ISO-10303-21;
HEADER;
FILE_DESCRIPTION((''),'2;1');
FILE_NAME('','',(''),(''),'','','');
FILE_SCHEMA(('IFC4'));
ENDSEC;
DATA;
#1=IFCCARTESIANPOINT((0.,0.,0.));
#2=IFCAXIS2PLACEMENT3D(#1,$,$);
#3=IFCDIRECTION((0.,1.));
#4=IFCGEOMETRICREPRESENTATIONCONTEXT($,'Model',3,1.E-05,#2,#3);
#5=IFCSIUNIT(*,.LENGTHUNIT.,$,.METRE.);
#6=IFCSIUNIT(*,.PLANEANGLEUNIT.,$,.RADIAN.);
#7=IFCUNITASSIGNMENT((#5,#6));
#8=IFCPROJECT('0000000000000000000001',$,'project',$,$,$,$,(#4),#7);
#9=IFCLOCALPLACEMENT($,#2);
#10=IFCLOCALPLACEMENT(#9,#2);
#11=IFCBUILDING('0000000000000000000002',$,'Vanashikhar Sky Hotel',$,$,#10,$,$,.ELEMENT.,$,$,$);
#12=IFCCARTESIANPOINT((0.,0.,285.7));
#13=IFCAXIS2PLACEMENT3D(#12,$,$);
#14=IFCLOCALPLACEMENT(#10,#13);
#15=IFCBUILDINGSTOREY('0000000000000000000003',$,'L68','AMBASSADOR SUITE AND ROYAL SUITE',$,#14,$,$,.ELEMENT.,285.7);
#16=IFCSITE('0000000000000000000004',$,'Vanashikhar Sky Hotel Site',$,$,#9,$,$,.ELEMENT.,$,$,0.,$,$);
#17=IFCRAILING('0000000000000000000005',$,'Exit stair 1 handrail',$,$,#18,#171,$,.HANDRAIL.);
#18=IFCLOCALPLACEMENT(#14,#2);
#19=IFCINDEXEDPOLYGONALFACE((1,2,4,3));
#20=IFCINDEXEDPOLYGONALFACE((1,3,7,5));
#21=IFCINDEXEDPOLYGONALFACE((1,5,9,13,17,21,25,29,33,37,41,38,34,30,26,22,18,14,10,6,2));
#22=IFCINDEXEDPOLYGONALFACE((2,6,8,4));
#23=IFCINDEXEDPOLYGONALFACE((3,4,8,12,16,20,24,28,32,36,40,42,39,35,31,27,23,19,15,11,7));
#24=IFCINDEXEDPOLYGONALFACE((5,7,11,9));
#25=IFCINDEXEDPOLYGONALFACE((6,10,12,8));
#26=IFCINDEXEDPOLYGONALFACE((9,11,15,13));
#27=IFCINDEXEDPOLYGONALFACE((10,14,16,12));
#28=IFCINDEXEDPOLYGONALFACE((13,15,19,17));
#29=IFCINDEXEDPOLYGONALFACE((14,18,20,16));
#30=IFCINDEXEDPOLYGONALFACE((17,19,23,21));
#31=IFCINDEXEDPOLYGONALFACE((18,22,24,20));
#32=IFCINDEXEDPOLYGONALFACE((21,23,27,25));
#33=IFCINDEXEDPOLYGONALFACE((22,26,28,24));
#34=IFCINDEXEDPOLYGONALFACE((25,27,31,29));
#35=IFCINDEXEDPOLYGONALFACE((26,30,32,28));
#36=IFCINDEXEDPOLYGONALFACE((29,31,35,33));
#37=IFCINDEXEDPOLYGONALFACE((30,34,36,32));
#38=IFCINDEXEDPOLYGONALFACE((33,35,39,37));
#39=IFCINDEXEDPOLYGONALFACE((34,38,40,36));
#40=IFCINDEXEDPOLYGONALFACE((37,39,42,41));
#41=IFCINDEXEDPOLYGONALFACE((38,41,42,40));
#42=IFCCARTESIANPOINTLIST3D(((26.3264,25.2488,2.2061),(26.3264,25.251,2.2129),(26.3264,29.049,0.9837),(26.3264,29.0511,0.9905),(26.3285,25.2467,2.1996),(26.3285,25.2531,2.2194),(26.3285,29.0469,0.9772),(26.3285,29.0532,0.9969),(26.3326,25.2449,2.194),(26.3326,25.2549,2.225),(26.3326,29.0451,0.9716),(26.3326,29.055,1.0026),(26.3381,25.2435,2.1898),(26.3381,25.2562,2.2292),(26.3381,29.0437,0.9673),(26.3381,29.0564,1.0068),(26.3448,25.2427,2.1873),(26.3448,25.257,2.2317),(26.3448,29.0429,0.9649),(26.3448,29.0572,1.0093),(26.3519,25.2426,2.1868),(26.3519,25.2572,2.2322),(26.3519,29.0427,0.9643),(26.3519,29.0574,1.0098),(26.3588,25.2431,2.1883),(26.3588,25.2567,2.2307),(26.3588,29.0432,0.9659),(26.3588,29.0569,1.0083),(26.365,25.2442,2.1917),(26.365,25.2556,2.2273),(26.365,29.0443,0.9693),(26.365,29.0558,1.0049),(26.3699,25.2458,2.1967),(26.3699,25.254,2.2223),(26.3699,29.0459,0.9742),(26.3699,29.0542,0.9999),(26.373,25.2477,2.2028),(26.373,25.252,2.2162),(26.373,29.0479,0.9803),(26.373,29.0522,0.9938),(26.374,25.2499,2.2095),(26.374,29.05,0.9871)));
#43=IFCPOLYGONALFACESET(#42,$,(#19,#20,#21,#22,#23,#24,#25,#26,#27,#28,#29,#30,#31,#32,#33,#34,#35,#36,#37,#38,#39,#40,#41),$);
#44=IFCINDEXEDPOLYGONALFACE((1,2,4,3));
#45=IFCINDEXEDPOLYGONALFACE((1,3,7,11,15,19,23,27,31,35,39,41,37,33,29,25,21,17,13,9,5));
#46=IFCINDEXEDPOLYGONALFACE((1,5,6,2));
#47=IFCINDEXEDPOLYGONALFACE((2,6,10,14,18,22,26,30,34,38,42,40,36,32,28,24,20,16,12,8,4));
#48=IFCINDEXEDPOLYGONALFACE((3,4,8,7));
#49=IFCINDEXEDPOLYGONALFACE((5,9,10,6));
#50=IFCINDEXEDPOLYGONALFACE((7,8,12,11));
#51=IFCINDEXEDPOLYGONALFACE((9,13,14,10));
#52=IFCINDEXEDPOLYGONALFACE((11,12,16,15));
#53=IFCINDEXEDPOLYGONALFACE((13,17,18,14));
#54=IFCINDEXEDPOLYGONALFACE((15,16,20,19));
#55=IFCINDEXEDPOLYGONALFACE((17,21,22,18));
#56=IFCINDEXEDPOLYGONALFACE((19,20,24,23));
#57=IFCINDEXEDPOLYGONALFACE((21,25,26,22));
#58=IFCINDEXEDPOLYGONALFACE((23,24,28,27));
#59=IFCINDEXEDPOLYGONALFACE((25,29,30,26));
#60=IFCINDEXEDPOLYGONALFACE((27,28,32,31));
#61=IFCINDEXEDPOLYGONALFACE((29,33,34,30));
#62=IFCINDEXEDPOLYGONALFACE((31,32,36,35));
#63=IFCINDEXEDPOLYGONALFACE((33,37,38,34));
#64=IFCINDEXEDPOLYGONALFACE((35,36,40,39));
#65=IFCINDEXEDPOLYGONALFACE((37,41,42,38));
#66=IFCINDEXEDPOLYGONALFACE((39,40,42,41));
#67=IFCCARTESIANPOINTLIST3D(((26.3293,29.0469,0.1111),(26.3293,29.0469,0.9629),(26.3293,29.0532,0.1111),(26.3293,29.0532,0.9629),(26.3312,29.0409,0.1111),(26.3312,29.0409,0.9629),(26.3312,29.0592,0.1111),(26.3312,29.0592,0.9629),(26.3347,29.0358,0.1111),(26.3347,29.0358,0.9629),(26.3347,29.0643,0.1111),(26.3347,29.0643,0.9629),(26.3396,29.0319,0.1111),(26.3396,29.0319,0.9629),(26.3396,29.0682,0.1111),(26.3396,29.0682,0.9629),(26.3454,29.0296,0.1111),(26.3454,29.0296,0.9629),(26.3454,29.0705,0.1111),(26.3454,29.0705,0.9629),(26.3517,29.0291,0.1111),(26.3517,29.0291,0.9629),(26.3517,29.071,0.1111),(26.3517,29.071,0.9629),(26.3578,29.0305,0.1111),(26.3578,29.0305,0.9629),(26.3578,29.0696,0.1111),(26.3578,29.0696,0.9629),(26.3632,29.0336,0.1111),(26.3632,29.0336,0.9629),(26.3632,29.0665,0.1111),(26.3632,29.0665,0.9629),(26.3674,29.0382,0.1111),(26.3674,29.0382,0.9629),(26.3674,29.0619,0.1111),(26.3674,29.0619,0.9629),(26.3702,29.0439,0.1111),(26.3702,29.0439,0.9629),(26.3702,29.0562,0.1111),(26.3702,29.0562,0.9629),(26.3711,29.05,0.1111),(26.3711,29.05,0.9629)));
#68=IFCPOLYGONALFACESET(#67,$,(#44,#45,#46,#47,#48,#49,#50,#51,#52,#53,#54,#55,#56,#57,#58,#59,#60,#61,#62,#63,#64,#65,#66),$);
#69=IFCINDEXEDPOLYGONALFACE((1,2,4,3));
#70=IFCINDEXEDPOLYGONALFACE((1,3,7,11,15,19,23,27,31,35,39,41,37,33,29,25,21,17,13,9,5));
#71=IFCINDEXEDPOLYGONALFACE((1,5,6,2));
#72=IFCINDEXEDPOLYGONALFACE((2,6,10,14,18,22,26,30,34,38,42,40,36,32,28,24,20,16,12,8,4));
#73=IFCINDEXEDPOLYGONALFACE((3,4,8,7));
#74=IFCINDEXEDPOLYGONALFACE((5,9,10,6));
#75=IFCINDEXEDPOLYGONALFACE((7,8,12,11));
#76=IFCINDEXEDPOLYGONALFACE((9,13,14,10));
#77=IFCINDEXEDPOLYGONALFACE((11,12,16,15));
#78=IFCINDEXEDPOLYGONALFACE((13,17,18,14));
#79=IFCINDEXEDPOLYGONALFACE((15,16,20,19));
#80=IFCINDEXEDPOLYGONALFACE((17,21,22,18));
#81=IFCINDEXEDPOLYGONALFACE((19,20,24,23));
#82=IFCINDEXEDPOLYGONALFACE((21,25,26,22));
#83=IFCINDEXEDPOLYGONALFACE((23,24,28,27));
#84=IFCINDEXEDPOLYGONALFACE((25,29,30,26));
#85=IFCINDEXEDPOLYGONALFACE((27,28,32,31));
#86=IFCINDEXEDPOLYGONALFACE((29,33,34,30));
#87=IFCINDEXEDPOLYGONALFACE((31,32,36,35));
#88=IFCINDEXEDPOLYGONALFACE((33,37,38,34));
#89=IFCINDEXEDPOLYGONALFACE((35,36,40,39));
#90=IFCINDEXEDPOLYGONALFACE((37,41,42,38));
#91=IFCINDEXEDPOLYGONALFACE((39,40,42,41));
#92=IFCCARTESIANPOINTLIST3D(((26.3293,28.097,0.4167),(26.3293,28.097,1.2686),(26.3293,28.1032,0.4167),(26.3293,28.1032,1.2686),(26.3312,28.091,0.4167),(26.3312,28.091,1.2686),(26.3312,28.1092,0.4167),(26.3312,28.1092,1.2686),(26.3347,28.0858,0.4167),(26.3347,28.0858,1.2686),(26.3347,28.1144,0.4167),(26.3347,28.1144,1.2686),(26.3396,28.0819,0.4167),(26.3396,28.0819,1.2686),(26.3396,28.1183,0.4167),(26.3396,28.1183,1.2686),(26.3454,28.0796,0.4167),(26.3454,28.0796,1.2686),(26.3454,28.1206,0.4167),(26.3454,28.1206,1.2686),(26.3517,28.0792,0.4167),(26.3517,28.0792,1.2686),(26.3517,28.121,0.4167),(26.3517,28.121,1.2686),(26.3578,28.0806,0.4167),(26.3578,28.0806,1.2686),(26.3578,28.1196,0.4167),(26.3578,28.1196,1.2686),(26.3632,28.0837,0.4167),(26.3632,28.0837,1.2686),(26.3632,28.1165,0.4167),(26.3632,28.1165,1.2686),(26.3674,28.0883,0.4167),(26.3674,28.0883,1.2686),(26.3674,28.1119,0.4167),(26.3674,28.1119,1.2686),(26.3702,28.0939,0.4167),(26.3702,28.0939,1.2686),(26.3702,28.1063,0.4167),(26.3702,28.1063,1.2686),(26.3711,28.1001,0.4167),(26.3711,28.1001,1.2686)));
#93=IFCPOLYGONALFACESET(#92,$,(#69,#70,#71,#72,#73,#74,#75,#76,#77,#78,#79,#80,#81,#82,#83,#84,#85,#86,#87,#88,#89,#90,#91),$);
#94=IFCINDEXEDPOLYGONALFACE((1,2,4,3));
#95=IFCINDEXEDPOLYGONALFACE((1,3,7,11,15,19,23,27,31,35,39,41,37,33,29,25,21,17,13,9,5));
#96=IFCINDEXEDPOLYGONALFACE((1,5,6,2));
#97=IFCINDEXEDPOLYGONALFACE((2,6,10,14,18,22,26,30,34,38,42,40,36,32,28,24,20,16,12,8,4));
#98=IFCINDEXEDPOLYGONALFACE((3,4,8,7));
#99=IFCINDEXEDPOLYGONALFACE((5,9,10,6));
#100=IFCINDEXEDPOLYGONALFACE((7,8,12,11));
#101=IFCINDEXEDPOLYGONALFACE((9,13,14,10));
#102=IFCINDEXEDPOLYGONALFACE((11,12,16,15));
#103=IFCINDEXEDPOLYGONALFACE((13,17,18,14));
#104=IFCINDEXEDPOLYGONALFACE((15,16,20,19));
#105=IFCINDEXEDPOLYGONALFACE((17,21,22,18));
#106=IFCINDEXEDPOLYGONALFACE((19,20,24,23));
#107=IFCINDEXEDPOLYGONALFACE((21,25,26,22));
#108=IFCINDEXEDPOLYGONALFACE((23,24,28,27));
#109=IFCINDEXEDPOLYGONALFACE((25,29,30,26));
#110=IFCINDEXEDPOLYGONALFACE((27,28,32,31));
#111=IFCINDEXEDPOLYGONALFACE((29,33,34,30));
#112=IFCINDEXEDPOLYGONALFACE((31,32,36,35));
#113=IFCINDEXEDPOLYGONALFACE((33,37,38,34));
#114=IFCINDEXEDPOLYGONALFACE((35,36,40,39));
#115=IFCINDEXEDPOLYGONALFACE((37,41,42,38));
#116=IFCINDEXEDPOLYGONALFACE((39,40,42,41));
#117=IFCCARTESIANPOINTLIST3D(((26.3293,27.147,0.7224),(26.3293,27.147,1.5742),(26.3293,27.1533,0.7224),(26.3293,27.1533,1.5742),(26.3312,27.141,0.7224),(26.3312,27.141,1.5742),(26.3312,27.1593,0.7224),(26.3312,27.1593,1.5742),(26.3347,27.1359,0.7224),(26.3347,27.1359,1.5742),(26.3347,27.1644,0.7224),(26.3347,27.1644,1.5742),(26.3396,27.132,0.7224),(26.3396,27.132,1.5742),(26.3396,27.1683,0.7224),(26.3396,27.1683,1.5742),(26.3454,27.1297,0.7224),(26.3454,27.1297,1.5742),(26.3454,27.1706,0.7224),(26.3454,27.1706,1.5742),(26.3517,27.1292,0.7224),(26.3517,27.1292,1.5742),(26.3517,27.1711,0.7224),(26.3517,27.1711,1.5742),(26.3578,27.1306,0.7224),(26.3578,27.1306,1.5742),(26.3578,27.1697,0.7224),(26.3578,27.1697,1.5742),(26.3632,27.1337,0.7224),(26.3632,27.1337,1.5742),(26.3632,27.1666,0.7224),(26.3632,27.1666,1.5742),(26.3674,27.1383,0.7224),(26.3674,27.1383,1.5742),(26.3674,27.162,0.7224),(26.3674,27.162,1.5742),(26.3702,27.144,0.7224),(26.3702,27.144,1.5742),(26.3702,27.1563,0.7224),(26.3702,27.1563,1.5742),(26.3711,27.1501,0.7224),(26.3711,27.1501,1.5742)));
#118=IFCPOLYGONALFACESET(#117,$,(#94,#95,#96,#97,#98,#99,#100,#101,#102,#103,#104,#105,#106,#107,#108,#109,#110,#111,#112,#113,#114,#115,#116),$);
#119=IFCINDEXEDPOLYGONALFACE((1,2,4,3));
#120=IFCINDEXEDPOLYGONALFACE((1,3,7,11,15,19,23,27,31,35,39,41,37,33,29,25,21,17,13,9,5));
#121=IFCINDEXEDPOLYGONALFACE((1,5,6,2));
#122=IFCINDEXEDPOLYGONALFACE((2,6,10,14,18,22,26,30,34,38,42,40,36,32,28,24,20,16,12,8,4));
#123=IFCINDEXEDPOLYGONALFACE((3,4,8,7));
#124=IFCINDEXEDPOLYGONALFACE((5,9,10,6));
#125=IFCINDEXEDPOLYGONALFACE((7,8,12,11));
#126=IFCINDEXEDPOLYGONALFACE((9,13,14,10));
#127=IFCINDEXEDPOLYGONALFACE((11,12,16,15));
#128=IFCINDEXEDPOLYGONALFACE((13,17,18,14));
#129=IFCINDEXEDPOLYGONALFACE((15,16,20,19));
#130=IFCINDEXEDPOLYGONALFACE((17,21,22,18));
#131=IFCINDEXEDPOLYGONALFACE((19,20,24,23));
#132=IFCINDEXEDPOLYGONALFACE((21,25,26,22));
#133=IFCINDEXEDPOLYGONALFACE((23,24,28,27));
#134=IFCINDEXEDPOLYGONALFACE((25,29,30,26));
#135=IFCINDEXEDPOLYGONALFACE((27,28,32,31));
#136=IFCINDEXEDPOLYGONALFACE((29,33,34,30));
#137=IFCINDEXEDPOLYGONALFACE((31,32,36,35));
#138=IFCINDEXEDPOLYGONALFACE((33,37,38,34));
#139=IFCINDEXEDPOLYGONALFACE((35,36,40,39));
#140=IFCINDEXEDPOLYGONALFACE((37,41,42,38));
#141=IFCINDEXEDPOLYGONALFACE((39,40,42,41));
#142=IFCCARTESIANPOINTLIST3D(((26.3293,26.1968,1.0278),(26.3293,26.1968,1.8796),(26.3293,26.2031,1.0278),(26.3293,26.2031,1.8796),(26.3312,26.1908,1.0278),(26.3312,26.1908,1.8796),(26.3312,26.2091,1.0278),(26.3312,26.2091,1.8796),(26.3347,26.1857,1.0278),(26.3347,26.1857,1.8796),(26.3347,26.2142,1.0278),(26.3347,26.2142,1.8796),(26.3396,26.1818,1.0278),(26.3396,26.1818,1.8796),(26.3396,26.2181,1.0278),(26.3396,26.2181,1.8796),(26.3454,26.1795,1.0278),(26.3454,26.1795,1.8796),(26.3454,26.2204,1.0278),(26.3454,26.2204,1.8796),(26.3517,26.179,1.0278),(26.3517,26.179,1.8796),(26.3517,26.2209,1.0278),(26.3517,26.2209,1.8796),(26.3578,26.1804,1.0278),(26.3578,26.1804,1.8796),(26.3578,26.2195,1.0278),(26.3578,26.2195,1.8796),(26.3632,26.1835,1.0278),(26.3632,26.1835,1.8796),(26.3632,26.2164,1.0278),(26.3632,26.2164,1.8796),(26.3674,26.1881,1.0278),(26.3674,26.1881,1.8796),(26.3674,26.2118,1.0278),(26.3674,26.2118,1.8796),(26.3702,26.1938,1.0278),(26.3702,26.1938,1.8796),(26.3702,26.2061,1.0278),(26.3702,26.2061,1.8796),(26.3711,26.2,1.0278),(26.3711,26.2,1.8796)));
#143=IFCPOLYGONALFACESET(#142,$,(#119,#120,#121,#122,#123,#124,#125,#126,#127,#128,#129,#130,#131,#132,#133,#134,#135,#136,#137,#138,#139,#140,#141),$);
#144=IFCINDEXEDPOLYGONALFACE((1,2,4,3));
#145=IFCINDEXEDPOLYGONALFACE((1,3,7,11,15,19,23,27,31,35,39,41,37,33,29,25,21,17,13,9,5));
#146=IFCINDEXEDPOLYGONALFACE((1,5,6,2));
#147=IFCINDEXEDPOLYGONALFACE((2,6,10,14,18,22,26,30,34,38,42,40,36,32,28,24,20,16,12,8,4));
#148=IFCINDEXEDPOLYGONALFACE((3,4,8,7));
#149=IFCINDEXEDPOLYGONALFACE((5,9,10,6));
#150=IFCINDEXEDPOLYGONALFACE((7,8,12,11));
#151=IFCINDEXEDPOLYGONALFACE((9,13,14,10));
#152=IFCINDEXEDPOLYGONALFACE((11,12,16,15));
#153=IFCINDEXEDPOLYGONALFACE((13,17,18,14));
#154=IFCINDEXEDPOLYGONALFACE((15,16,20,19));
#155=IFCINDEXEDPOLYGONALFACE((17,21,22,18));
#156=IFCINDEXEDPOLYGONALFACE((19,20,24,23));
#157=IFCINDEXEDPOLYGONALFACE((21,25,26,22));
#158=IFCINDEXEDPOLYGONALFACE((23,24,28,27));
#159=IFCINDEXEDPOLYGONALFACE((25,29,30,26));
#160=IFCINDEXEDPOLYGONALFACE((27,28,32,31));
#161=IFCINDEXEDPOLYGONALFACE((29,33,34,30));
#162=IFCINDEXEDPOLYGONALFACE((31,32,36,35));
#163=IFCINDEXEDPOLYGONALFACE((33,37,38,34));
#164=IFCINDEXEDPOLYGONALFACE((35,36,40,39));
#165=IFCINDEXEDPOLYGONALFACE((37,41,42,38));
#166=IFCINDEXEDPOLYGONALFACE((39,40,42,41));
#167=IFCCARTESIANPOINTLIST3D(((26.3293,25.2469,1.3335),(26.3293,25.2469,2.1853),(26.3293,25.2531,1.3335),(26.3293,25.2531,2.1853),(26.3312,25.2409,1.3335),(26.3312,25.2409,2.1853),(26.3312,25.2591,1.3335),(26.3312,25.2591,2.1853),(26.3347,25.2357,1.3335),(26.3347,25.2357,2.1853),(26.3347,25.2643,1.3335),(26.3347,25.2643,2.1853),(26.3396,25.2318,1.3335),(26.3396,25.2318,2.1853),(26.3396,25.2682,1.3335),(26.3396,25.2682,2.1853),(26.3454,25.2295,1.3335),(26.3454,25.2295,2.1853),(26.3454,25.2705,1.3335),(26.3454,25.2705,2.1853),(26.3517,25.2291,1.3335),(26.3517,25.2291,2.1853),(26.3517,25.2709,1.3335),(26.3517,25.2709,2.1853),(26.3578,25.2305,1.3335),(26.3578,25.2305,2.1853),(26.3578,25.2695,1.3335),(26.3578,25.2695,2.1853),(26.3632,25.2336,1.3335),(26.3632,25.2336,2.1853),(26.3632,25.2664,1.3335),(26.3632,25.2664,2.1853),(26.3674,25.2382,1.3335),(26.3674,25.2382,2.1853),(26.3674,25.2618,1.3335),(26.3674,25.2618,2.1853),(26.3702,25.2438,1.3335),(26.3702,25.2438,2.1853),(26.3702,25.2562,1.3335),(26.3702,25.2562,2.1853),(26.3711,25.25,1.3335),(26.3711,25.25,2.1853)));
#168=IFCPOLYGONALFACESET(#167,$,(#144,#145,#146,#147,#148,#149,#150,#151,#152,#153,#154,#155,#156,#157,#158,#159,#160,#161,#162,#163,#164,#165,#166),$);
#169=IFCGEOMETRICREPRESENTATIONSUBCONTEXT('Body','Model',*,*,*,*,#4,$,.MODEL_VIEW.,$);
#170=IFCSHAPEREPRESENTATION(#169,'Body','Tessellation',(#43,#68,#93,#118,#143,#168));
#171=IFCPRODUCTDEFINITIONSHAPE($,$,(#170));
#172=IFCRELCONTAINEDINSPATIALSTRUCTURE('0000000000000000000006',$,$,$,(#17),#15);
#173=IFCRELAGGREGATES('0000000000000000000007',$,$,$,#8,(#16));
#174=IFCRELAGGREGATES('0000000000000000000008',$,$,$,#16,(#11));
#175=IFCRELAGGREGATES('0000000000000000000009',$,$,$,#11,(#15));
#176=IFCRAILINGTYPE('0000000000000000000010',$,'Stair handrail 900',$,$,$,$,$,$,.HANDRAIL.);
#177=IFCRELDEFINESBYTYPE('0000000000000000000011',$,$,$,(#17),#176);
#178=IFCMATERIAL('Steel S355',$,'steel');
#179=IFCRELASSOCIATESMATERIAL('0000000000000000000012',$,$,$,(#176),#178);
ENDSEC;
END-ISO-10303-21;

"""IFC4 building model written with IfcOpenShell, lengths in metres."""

from ifc_helpers import new_model, si_unit, direction, frame, origin, origin_2d, place, context, subcontext, project, spatial, circle, extrude, source, transform, mapped, material, type_object, element, save


model = new_model("IFC4")

# Units and contexts
model_context = context("Model", 3, precision=1e-05, world=origin(), true_north=direction((0.0, 1.0)))
body_context = subcontext(model_context, "Body", "Model", "MODEL_VIEW")
ifc_project = project(units=[si_unit("LENGTHUNIT", "METRE"), si_unit("PLANEANGLEUNIT", "RADIAN")], contexts=[model_context])

# Site, building, storey
site_placement = place(None, origin())
site = spatial("IfcSite", under=ifc_project, at=site_placement, Name="Vanashikhar Sky Hotel Site", CompositionType="ELEMENT", RefElevation=0.0)
building_placement = place(site_placement, origin())
building = spatial("IfcBuilding", under=site, at=building_placement, Name="Vanashikhar Sky Hotel", CompositionType="ELEMENT")
storey_placement = place(building_placement, frame((0.0, 0.0, 285.7)))
storey = spatial("IfcBuildingStorey", under=building, at=storey_placement, Name="L68", Description="AMBASSADOR SUITE AND ROYAL SUITE", CompositionType="ELEMENT", Elevation=285.7)

# Railing
ifc_material_1 = material(Name="Steel S355", Category="steel")
railing_type = type_object("IfcRailingType", Name="Stair handrail 900", PredefinedType="HANDRAIL", material=ifc_material_1)
shared_shape_1 = source(origin(), body_context, "Body", "SweptSolid", [
    extrude(circle(Radius=0.0239, at=origin_2d()), frame((0.0, 0.0, 0.876), z_axis=(0.0, -0.951958, 0.306229), x_axis=(1.0, 0.0, 0.0)), (0.0, 0.0, 1.0), 3.9919),
    extrude(circle(Radius=0.021, at=origin_2d()), origin(), (0.0, 0.0, 1.0), 0.8518),
    extrude(circle(Radius=0.021, at=origin_2d()), frame((0.0, -0.95, 0.3057)), (0.0, 0.0, 1.0), 0.8518),
    extrude(circle(Radius=0.021, at=origin_2d()), frame((0.0, -1.8999, 0.6113)), (0.0, 0.0, 1.0), 0.8518),
    extrude(circle(Radius=0.021, at=origin_2d()), frame((0.0, -2.8501, 0.9167)), (0.0, 0.0, 1.0), 0.8518),
    extrude(circle(Radius=0.021, at=origin_2d()), frame((0.0, -3.8, 1.2224)), (0.0, 0.0, 1.0), 0.8518),
])
railing_1_placement = place(storey_placement, frame((26.3501, 29.05, 0.1111)))
element("IfcRailing", 1, at=railing_1_placement, inside=storey, type_object=railing_type, Name="Exit stair 1 handrail", PredefinedType="HANDRAIL", context=body_context, shape_type="MappedRepresentation", body=[
    mapped(shared_shape_1, transform((0.0, 0.0, 0.0), scale=1.0)),
])

save(model, "model.ifc")
